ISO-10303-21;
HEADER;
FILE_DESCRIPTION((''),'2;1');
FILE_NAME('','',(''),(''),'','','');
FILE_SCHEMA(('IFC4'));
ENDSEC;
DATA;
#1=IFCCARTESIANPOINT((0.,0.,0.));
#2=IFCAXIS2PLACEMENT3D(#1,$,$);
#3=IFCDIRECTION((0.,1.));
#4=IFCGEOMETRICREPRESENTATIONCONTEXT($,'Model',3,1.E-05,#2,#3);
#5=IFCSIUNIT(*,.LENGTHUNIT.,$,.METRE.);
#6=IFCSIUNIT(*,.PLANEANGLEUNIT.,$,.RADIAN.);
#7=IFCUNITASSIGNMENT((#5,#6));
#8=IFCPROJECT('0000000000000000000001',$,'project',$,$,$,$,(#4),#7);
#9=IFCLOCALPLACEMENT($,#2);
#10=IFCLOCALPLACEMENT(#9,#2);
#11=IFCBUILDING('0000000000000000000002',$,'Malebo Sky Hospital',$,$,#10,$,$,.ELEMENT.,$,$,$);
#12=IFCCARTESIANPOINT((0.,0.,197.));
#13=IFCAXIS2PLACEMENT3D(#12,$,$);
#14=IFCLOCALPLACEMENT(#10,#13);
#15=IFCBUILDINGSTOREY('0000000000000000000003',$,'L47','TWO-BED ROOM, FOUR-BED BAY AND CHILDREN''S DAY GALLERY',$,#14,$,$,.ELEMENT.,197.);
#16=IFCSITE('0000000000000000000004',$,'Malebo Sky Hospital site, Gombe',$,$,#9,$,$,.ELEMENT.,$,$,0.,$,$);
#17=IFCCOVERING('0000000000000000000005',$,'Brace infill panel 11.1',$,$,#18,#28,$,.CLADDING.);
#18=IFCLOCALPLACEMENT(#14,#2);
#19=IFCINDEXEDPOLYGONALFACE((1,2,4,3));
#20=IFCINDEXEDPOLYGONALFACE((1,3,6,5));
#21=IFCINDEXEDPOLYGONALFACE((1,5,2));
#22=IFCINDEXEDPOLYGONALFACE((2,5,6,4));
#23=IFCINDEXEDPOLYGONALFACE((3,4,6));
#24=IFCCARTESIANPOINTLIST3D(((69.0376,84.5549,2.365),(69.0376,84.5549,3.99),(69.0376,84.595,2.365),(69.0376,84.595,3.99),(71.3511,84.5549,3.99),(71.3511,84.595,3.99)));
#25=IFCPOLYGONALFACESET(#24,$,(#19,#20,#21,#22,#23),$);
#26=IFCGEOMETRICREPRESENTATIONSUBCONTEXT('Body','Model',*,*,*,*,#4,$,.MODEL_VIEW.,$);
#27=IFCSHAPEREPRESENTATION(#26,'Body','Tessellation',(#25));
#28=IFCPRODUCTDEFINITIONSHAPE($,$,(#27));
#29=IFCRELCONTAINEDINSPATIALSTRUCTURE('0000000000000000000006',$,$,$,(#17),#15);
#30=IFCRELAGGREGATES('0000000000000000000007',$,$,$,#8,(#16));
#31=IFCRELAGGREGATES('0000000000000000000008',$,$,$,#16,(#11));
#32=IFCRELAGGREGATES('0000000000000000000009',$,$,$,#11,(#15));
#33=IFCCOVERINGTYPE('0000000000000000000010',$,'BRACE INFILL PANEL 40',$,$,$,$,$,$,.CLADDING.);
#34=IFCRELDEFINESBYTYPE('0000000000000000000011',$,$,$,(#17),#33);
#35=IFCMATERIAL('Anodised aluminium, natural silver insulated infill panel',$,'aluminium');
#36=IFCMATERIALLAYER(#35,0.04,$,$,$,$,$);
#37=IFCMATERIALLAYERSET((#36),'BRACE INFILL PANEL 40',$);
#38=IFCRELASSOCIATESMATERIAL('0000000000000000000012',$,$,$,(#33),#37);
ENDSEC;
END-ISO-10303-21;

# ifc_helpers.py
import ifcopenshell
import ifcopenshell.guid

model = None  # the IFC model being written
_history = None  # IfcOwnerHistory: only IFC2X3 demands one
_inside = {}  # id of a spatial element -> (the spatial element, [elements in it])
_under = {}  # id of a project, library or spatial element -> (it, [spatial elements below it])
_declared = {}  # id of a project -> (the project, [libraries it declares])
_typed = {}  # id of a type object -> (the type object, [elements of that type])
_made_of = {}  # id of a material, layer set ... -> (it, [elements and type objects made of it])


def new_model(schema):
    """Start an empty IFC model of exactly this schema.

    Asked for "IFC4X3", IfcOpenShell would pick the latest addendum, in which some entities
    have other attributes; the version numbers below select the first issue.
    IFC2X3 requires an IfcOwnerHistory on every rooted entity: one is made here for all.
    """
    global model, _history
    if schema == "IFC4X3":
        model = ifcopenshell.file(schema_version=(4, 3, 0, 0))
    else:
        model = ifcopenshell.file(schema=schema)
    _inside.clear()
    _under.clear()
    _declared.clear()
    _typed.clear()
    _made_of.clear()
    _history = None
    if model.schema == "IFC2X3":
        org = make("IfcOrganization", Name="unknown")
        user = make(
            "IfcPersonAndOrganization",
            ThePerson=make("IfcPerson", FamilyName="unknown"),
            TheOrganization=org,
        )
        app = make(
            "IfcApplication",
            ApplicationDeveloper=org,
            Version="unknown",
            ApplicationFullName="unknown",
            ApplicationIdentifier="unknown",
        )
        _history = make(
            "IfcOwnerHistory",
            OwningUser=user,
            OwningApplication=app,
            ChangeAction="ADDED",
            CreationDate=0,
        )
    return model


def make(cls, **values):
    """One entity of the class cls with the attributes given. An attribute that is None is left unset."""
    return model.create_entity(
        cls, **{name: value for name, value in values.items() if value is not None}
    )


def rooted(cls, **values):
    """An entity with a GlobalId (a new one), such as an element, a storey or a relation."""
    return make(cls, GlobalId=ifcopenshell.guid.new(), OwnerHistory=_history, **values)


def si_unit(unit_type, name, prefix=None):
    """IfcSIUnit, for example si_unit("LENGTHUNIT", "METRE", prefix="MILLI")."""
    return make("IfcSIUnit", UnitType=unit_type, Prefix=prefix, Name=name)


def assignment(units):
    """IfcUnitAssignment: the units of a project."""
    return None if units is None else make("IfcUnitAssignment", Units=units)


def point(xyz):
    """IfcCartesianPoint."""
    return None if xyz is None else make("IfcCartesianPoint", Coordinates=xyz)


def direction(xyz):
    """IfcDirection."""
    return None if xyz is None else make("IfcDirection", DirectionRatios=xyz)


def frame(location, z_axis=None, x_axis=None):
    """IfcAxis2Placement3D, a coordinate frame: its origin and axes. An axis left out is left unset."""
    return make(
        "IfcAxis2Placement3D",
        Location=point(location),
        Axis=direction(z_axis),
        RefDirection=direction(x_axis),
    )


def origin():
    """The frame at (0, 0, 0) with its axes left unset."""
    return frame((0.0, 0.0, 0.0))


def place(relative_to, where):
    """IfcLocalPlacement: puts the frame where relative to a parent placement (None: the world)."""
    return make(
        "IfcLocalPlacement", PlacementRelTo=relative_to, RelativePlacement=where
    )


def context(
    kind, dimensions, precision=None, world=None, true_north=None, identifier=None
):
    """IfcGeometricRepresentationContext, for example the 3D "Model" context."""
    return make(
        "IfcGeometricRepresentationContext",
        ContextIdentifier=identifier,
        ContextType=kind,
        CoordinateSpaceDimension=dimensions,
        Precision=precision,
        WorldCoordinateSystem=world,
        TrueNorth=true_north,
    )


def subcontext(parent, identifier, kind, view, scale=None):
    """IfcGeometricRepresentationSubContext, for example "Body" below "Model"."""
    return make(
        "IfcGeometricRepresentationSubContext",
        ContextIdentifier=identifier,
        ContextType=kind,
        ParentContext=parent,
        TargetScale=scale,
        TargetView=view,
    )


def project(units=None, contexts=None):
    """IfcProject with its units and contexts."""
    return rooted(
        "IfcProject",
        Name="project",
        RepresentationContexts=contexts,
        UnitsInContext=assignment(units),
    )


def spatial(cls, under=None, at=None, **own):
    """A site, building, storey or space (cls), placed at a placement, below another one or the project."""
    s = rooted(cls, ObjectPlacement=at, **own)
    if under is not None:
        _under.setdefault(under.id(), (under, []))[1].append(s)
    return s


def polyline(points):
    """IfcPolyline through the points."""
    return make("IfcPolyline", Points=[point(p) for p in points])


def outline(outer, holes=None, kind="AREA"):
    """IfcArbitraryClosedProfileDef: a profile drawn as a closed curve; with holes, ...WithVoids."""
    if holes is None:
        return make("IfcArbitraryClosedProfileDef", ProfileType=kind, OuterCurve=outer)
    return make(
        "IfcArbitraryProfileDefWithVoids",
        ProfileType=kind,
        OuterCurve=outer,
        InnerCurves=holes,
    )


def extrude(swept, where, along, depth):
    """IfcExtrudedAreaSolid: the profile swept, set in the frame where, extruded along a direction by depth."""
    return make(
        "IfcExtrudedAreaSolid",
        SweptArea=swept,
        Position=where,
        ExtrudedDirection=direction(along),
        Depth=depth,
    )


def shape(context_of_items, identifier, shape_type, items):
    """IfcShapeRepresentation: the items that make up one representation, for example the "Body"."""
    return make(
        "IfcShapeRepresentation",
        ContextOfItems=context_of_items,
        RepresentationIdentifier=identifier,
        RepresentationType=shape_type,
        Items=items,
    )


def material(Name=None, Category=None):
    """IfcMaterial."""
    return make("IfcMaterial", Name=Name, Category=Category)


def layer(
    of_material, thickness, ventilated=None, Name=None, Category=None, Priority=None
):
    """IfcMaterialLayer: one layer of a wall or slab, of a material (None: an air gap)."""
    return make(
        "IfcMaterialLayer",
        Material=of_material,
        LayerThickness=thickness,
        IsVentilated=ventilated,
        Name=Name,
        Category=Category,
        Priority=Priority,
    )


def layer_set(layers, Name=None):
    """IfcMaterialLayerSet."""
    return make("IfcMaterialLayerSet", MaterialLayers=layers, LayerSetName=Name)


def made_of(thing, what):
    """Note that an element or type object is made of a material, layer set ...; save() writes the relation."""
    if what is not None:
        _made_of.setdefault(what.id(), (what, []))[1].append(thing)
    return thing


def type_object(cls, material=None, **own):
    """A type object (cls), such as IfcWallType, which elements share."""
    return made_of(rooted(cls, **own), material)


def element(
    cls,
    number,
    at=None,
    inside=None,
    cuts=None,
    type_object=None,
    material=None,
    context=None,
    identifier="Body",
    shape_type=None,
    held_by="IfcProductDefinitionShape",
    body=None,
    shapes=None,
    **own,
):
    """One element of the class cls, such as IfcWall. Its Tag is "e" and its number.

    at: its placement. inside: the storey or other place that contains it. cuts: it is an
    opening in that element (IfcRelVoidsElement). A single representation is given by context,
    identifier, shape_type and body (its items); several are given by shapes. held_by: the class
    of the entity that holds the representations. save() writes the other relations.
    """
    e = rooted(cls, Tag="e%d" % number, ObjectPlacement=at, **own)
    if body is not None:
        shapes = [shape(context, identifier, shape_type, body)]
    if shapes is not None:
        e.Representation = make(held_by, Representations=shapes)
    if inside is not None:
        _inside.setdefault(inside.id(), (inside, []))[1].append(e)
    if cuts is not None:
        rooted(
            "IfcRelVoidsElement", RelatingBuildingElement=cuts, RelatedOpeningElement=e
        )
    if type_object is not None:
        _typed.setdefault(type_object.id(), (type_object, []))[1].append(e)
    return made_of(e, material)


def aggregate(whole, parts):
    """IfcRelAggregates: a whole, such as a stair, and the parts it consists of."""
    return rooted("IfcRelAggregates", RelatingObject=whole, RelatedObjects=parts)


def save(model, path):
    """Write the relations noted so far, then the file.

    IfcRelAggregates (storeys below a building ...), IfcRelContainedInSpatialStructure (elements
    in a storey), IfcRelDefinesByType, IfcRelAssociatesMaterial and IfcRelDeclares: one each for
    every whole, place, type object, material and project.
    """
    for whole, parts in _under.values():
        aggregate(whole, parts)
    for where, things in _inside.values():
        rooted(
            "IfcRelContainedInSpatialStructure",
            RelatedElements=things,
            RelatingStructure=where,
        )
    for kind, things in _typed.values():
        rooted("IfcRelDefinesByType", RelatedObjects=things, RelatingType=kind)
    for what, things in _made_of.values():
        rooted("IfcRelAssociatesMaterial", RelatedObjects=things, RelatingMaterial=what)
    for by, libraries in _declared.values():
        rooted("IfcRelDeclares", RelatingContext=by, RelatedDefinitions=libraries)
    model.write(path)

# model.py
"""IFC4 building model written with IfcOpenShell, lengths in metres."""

from ifc_helpers import new_model, si_unit, direction, frame, origin, place, context, subcontext, project, spatial, polyline, outline, extrude, material, layer, layer_set, type_object, element, save


model = new_model("IFC4")

# Units and contexts
model_context = context("Model", 3, precision=1e-05, world=origin(), true_north=direction((0.0, 1.0)))
body_context = subcontext(model_context, "Body", "Model", "MODEL_VIEW")
ifc_project = project(units=[si_unit("LENGTHUNIT", "METRE"), si_unit("PLANEANGLEUNIT", "RADIAN")], contexts=[model_context])

# Site, building, storey
site_placement = place(None, origin())
site = spatial("IfcSite", under=ifc_project, at=site_placement, Name="Malebo Sky Hospital site, Gombe", CompositionType="ELEMENT", RefElevation=0.0)
building_placement = place(site_placement, origin())
building = spatial("IfcBuilding", under=site, at=building_placement, Name="Malebo Sky Hospital", CompositionType="ELEMENT")
storey_placement = place(building_placement, frame((0.0, 0.0, 197.0)))
storey = spatial("IfcBuildingStorey", under=building, at=storey_placement, Name="L47", Description="TWO-BED ROOM, FOUR-BED BAY AND CHILDREN'S DAY GALLERY", CompositionType="ELEMENT", Elevation=197.0)

# Covering
ifc_material_1 = material(Name="Anodised aluminium, natural silver insulated infill panel", Category="aluminium")
ifc_layer_1 = layer(ifc_material_1, 0.04)
ifc_layer_set_1 = layer_set([ifc_layer_1], Name="BRACE INFILL PANEL 40")
covering_type = type_object("IfcCoveringType", Name="BRACE INFILL PANEL 40", PredefinedType="CLADDING", material=ifc_layer_set_1)
covering_1_placement = place(storey_placement, frame((70.1943, 84.575, 2.365), z_axis=(0.0, 0.0, 1.0), x_axis=(1.0, 0.0, 0.0)))
element("IfcCovering", 1, at=covering_1_placement, inside=storey, type_object=covering_type, Name="Brace infill panel 11.1", PredefinedType="CLADDING", context=body_context, shape_type="SweptSolid", body=[
    extrude(outline(polyline([(-1.1567, 0.0), (1.1567, 1.625), (-1.1567, 1.625), (-1.1567, 0.0)])), frame((0.0, 0.02, 0.0), z_axis=(0.0, -1.0, 0.0), x_axis=(1.0, 0.0, 0.0)), (0.0, 0.0, 1.0), 0.04),
])

save(model, "model.ifc")
